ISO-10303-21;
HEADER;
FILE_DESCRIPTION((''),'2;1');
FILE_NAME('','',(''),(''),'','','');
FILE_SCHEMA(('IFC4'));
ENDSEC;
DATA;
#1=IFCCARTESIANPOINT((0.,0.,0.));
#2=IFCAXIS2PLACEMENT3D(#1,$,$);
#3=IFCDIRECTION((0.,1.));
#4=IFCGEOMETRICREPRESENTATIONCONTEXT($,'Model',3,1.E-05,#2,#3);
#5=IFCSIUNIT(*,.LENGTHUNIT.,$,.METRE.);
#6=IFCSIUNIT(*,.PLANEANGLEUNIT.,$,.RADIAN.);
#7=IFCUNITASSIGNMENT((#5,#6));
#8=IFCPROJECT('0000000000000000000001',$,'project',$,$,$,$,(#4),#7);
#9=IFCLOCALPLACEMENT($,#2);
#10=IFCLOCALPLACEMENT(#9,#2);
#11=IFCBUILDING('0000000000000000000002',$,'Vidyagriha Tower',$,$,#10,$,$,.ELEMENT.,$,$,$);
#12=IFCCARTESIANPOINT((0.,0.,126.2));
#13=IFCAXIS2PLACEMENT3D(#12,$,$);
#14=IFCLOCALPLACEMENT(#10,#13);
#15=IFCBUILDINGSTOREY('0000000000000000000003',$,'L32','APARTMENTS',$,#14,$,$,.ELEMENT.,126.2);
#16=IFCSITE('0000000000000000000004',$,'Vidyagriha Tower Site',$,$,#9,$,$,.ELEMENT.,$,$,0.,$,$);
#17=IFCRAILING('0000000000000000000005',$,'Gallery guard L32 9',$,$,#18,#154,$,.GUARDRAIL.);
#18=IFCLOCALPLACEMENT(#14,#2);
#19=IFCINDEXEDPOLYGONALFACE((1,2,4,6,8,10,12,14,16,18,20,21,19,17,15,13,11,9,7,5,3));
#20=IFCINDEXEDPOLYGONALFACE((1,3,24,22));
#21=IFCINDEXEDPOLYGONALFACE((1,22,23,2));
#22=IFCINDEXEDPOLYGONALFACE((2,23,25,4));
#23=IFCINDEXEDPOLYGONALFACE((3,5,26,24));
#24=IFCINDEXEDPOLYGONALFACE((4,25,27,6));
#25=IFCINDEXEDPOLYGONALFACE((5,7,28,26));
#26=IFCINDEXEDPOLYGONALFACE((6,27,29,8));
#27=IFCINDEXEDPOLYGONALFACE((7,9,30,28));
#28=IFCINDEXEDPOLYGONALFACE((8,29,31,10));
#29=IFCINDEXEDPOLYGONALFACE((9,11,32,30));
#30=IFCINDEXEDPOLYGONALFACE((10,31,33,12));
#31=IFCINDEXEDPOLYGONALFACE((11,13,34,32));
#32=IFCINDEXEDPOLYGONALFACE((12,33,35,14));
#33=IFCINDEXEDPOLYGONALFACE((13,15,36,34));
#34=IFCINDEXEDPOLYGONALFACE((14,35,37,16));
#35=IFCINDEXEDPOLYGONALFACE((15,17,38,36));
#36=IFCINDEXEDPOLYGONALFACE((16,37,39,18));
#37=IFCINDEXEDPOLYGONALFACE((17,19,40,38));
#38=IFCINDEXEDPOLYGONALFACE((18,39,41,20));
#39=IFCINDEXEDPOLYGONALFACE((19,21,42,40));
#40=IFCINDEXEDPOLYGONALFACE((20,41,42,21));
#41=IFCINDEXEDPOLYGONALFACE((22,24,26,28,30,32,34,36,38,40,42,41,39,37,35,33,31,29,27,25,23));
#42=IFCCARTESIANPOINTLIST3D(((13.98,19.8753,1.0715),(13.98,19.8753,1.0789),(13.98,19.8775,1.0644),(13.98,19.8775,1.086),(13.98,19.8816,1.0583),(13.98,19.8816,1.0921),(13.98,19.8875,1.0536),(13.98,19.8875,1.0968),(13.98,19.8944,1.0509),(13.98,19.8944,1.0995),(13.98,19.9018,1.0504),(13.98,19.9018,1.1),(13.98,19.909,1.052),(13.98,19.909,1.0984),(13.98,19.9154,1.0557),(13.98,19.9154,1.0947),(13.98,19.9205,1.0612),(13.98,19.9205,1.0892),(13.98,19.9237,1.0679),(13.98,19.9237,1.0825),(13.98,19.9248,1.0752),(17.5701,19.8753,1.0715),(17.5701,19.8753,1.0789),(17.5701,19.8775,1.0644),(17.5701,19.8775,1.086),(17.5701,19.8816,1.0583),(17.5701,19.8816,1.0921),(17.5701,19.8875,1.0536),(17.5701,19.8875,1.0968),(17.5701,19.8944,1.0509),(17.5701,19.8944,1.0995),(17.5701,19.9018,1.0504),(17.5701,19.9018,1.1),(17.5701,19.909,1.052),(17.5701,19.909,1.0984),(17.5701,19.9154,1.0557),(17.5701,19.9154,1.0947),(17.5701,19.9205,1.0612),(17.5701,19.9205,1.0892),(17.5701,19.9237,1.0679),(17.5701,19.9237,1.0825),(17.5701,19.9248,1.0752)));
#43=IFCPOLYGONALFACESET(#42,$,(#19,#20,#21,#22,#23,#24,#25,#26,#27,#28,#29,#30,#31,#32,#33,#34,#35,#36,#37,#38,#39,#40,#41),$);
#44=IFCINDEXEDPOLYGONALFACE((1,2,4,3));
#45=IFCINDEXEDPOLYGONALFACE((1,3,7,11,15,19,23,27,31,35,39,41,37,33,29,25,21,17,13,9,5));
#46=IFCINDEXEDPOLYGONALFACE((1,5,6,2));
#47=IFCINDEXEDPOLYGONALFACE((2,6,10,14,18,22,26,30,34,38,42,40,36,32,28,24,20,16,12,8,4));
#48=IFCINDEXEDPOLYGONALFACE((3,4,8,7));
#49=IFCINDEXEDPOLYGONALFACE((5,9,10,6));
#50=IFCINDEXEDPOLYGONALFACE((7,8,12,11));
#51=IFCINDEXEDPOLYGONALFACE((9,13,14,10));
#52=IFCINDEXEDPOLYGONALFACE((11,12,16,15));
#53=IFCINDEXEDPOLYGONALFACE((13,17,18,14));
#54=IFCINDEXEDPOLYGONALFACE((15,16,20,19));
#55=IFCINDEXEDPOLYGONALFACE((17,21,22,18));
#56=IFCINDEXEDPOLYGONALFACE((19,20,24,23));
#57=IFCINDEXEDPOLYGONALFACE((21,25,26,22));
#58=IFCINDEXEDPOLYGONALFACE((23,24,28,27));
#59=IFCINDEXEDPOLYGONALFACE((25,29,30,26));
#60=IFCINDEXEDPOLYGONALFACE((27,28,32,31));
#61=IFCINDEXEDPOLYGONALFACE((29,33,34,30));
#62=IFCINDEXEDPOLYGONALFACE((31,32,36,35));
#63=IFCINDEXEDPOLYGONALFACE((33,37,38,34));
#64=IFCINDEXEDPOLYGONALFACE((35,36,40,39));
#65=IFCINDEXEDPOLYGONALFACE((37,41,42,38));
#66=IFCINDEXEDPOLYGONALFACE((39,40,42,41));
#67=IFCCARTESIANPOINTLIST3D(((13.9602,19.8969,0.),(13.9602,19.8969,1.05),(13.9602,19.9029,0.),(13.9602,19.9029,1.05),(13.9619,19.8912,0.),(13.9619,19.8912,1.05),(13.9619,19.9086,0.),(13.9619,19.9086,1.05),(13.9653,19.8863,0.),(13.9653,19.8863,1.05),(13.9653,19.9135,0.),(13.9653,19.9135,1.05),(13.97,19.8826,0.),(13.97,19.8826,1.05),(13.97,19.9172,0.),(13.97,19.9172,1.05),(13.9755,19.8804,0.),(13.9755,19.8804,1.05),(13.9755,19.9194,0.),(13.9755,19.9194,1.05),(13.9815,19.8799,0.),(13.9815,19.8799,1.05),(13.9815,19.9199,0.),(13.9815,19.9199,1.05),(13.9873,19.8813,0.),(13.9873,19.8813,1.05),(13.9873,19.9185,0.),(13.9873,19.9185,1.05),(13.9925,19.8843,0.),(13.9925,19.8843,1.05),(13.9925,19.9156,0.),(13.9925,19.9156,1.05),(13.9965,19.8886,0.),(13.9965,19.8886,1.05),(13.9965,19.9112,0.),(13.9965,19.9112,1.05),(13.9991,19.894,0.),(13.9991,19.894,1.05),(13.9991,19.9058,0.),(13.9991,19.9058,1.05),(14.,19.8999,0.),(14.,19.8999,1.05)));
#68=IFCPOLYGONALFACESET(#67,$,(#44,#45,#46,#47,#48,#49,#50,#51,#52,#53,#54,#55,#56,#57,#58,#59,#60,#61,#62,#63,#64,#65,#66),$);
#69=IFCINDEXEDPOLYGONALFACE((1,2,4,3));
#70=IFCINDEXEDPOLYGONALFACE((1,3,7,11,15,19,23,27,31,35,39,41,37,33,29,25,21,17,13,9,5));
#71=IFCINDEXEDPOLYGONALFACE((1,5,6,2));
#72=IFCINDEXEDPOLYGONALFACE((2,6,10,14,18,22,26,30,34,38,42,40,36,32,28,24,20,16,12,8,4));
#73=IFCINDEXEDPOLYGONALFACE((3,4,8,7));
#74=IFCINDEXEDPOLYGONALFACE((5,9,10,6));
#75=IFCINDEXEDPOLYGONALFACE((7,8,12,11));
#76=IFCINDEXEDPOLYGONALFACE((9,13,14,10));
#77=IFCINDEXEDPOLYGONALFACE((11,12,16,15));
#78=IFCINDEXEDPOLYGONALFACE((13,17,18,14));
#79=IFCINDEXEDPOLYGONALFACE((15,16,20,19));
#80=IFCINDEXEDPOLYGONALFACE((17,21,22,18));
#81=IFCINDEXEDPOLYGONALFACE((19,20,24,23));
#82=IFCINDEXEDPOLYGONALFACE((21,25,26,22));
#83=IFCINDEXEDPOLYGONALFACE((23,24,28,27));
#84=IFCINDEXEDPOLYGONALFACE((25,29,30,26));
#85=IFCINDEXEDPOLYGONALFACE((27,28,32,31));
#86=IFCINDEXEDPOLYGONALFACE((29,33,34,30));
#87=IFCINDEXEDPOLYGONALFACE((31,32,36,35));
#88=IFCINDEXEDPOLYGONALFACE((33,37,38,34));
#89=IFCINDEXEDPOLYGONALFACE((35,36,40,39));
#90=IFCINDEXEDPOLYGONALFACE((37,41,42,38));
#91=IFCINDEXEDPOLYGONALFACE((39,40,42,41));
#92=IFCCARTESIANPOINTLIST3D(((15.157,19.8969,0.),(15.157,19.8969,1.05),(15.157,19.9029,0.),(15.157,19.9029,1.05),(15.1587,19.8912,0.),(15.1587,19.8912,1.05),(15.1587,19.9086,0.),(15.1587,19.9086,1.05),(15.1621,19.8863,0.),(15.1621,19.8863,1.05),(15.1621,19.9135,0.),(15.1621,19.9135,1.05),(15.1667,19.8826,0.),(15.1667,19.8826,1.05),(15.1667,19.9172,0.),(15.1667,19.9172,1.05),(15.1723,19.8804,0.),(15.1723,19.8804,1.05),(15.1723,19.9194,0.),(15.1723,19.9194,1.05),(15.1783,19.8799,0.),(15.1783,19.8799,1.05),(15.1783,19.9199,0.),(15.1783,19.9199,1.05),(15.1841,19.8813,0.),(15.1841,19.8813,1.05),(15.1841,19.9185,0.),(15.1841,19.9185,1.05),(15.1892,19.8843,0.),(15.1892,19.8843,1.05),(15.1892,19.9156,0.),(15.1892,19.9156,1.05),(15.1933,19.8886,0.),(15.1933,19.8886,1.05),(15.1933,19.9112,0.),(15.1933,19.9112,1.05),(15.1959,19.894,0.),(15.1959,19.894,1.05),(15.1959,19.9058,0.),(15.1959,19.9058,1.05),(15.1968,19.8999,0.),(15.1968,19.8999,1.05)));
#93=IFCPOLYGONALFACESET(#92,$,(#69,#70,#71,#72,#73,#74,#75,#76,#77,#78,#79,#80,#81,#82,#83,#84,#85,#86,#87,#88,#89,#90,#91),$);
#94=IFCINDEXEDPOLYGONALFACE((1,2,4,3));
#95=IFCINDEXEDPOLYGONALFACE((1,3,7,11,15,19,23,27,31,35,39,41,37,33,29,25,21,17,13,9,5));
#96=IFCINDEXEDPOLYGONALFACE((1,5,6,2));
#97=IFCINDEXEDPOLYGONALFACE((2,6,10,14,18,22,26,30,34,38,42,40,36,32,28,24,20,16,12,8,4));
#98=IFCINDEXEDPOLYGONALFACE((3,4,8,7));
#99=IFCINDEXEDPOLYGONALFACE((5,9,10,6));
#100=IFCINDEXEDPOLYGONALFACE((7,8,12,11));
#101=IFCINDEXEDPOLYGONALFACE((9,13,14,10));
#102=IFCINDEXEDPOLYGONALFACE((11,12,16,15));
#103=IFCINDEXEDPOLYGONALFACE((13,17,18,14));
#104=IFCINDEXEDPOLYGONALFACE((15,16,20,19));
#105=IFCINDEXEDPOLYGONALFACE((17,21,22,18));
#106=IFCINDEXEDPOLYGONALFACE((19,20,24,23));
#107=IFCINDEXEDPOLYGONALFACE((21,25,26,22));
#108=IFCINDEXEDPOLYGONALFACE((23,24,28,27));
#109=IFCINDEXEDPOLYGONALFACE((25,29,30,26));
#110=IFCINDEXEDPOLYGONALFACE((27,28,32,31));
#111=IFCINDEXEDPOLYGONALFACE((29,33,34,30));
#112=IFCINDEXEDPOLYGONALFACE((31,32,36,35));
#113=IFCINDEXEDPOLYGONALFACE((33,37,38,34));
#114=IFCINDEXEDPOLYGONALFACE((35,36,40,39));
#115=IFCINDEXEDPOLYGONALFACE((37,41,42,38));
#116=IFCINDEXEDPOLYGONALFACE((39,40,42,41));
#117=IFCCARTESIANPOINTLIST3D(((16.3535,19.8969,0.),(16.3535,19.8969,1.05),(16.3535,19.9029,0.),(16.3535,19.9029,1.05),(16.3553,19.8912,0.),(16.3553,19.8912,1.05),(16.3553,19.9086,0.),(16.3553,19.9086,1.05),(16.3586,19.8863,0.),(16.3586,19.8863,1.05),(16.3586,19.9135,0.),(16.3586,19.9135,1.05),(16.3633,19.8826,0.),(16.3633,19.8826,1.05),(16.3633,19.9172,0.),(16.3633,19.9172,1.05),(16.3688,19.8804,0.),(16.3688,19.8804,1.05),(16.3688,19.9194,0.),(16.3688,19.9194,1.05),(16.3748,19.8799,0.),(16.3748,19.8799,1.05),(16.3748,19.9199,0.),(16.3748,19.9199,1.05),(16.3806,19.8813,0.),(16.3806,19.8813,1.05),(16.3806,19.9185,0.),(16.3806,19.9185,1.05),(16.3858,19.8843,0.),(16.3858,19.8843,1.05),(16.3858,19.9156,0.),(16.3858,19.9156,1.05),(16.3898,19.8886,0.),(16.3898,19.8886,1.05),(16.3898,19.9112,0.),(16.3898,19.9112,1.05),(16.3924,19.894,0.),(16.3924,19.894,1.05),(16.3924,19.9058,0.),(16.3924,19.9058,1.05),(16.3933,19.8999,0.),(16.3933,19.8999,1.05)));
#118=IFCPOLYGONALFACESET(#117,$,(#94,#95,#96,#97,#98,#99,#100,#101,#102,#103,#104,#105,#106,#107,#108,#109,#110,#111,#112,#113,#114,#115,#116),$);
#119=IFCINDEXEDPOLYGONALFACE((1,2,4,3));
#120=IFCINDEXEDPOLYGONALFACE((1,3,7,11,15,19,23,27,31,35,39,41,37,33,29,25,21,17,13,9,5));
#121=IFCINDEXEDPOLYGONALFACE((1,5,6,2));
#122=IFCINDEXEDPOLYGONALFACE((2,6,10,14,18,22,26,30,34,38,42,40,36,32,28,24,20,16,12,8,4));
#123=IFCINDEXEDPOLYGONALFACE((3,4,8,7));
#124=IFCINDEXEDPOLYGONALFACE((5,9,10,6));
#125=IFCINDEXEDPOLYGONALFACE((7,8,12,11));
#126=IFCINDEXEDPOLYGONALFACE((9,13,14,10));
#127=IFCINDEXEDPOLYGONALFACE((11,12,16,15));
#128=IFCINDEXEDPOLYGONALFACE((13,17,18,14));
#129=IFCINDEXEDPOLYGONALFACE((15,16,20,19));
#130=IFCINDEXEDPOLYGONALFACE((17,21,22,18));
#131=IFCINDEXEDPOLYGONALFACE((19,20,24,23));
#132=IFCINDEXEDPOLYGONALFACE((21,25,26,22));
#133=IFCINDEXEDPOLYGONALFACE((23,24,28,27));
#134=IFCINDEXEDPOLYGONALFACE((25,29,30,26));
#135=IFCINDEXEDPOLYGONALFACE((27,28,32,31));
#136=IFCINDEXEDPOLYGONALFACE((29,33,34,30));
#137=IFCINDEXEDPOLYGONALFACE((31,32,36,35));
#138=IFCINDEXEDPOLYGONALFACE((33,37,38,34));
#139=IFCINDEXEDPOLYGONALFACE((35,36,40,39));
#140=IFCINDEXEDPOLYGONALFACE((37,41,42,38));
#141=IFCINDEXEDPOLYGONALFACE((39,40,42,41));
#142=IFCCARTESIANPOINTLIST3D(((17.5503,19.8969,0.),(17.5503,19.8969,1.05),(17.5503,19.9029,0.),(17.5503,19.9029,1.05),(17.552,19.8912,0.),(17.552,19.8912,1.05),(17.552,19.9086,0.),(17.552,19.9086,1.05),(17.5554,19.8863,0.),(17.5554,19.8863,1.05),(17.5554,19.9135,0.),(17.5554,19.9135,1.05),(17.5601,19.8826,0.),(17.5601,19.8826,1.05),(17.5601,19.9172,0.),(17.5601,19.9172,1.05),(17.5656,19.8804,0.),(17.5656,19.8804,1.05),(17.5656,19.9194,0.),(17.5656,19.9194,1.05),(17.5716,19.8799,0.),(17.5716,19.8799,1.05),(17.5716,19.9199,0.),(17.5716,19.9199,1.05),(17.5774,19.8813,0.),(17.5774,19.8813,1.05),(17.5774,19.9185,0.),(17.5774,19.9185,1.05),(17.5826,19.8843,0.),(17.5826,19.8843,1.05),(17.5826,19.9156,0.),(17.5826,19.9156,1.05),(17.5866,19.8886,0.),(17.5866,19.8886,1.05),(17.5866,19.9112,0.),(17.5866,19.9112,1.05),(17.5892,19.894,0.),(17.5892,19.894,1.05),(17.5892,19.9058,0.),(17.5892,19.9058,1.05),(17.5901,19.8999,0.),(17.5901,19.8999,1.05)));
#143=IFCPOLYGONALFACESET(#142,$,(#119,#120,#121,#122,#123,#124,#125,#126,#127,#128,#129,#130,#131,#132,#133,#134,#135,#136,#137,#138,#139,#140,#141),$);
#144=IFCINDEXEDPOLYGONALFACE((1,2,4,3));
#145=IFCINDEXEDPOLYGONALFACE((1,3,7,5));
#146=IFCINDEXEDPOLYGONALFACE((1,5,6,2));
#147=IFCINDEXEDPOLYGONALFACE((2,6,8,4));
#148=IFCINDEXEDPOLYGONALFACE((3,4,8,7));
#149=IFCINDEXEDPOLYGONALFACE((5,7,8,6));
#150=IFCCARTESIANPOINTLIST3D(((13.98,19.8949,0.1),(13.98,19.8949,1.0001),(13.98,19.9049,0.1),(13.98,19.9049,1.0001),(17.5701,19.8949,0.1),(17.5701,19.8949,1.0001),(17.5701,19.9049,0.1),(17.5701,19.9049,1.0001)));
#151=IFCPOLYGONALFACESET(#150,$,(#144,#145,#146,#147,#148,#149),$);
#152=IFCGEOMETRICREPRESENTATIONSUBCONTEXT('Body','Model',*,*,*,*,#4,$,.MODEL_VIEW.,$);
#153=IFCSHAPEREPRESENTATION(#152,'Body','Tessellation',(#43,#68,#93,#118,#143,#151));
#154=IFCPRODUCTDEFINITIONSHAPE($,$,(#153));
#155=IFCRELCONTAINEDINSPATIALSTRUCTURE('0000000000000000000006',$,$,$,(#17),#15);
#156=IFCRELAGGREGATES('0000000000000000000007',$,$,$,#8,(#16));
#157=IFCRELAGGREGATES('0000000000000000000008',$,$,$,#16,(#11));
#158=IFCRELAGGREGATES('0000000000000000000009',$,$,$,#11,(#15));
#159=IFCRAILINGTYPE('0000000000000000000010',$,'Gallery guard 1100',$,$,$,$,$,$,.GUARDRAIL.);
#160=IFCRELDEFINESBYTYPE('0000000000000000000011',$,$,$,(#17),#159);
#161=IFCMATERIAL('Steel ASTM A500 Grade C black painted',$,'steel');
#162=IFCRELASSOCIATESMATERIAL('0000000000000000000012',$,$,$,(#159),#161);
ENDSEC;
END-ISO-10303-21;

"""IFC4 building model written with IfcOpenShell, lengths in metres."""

from ifc_helpers import new_model, si_unit, direction, frame, origin, origin_2d, place, context, subcontext, project, spatial, rectangle, circle, extrude, material, type_object, element, save


model = new_model("IFC4")

# Units and contexts
model_context = context("Model", 3, precision=1e-05, world=origin(), true_north=direction((0.0, 1.0)))
body_context = subcontext(model_context, "Body", "Model", "MODEL_VIEW")
ifc_project = project(units=[si_unit("LENGTHUNIT", "METRE"), si_unit("PLANEANGLEUNIT", "RADIAN")], contexts=[model_context])

# Site, building, storey
site_placement = place(None, origin())
site = spatial("IfcSite", under=ifc_project, at=site_placement, Name="Vidyagriha Tower Site", CompositionType="ELEMENT", RefElevation=0.0)
building_placement = place(site_placement, origin())
building = spatial("IfcBuilding", under=site, at=building_placement, Name="Vidyagriha Tower", CompositionType="ELEMENT")
storey_placement = place(building_placement, frame((0.0, 0.0, 126.2)))
storey = spatial("IfcBuildingStorey", under=building, at=storey_placement, Name="L32", Description="APARTMENTS", CompositionType="ELEMENT", Elevation=126.2)

# Railing
ifc_material_1 = material(Name="Steel ASTM A500 Grade C black painted", Category="steel")
railing_type_1 = type_object("IfcRailingType", Name="Gallery guard 1100", PredefinedType="GUARDRAIL", material=ifc_material_1)
railing_1_placement = place(storey_placement, frame((13.98, 19.8999, 0.0)))
element("IfcRailing", 1, at=railing_1_placement, inside=storey, type_object=railing_type_1, Name="Gallery guard L32 9", PredefinedType="GUARDRAIL", context=body_context, shape_type="SweptSolid", body=[
    extrude(circle(Radius=0.0249, at=origin_2d()), frame((0.0, 0.0, 1.0752), z_axis=(1.0, 0.0, 0.0), x_axis=(0.0, 1.0, 0.0)), (0.0, 0.0, 1.0), 3.5901),
    extrude(circle(Radius=0.02, at=origin_2d()), origin(), (0.0, 0.0, 1.0), 1.05),
    extrude(circle(Radius=0.02, at=origin_2d()), frame((1.1968, 0.0, 0.0)), (0.0, 0.0, 1.0), 1.05),
    extrude(circle(Radius=0.02, at=origin_2d()), frame((2.3933, 0.0, 0.0)), (0.0, 0.0, 1.0), 1.05),
    extrude(circle(Radius=0.02, at=origin_2d()), frame((3.5901, 0.0, 0.0)), (0.0, 0.0, 1.0), 1.05),
    extrude(rectangle(XDim=0.01, YDim=0.9001, at=origin_2d()), frame((0.0, 0.0, 0.55), z_axis=(1.0, 0.0, 0.0), x_axis=(0.0, 1.0, 0.0)), (0.0, 0.0, 1.0), 3.5901),
])

save(model, "model.ifc")
